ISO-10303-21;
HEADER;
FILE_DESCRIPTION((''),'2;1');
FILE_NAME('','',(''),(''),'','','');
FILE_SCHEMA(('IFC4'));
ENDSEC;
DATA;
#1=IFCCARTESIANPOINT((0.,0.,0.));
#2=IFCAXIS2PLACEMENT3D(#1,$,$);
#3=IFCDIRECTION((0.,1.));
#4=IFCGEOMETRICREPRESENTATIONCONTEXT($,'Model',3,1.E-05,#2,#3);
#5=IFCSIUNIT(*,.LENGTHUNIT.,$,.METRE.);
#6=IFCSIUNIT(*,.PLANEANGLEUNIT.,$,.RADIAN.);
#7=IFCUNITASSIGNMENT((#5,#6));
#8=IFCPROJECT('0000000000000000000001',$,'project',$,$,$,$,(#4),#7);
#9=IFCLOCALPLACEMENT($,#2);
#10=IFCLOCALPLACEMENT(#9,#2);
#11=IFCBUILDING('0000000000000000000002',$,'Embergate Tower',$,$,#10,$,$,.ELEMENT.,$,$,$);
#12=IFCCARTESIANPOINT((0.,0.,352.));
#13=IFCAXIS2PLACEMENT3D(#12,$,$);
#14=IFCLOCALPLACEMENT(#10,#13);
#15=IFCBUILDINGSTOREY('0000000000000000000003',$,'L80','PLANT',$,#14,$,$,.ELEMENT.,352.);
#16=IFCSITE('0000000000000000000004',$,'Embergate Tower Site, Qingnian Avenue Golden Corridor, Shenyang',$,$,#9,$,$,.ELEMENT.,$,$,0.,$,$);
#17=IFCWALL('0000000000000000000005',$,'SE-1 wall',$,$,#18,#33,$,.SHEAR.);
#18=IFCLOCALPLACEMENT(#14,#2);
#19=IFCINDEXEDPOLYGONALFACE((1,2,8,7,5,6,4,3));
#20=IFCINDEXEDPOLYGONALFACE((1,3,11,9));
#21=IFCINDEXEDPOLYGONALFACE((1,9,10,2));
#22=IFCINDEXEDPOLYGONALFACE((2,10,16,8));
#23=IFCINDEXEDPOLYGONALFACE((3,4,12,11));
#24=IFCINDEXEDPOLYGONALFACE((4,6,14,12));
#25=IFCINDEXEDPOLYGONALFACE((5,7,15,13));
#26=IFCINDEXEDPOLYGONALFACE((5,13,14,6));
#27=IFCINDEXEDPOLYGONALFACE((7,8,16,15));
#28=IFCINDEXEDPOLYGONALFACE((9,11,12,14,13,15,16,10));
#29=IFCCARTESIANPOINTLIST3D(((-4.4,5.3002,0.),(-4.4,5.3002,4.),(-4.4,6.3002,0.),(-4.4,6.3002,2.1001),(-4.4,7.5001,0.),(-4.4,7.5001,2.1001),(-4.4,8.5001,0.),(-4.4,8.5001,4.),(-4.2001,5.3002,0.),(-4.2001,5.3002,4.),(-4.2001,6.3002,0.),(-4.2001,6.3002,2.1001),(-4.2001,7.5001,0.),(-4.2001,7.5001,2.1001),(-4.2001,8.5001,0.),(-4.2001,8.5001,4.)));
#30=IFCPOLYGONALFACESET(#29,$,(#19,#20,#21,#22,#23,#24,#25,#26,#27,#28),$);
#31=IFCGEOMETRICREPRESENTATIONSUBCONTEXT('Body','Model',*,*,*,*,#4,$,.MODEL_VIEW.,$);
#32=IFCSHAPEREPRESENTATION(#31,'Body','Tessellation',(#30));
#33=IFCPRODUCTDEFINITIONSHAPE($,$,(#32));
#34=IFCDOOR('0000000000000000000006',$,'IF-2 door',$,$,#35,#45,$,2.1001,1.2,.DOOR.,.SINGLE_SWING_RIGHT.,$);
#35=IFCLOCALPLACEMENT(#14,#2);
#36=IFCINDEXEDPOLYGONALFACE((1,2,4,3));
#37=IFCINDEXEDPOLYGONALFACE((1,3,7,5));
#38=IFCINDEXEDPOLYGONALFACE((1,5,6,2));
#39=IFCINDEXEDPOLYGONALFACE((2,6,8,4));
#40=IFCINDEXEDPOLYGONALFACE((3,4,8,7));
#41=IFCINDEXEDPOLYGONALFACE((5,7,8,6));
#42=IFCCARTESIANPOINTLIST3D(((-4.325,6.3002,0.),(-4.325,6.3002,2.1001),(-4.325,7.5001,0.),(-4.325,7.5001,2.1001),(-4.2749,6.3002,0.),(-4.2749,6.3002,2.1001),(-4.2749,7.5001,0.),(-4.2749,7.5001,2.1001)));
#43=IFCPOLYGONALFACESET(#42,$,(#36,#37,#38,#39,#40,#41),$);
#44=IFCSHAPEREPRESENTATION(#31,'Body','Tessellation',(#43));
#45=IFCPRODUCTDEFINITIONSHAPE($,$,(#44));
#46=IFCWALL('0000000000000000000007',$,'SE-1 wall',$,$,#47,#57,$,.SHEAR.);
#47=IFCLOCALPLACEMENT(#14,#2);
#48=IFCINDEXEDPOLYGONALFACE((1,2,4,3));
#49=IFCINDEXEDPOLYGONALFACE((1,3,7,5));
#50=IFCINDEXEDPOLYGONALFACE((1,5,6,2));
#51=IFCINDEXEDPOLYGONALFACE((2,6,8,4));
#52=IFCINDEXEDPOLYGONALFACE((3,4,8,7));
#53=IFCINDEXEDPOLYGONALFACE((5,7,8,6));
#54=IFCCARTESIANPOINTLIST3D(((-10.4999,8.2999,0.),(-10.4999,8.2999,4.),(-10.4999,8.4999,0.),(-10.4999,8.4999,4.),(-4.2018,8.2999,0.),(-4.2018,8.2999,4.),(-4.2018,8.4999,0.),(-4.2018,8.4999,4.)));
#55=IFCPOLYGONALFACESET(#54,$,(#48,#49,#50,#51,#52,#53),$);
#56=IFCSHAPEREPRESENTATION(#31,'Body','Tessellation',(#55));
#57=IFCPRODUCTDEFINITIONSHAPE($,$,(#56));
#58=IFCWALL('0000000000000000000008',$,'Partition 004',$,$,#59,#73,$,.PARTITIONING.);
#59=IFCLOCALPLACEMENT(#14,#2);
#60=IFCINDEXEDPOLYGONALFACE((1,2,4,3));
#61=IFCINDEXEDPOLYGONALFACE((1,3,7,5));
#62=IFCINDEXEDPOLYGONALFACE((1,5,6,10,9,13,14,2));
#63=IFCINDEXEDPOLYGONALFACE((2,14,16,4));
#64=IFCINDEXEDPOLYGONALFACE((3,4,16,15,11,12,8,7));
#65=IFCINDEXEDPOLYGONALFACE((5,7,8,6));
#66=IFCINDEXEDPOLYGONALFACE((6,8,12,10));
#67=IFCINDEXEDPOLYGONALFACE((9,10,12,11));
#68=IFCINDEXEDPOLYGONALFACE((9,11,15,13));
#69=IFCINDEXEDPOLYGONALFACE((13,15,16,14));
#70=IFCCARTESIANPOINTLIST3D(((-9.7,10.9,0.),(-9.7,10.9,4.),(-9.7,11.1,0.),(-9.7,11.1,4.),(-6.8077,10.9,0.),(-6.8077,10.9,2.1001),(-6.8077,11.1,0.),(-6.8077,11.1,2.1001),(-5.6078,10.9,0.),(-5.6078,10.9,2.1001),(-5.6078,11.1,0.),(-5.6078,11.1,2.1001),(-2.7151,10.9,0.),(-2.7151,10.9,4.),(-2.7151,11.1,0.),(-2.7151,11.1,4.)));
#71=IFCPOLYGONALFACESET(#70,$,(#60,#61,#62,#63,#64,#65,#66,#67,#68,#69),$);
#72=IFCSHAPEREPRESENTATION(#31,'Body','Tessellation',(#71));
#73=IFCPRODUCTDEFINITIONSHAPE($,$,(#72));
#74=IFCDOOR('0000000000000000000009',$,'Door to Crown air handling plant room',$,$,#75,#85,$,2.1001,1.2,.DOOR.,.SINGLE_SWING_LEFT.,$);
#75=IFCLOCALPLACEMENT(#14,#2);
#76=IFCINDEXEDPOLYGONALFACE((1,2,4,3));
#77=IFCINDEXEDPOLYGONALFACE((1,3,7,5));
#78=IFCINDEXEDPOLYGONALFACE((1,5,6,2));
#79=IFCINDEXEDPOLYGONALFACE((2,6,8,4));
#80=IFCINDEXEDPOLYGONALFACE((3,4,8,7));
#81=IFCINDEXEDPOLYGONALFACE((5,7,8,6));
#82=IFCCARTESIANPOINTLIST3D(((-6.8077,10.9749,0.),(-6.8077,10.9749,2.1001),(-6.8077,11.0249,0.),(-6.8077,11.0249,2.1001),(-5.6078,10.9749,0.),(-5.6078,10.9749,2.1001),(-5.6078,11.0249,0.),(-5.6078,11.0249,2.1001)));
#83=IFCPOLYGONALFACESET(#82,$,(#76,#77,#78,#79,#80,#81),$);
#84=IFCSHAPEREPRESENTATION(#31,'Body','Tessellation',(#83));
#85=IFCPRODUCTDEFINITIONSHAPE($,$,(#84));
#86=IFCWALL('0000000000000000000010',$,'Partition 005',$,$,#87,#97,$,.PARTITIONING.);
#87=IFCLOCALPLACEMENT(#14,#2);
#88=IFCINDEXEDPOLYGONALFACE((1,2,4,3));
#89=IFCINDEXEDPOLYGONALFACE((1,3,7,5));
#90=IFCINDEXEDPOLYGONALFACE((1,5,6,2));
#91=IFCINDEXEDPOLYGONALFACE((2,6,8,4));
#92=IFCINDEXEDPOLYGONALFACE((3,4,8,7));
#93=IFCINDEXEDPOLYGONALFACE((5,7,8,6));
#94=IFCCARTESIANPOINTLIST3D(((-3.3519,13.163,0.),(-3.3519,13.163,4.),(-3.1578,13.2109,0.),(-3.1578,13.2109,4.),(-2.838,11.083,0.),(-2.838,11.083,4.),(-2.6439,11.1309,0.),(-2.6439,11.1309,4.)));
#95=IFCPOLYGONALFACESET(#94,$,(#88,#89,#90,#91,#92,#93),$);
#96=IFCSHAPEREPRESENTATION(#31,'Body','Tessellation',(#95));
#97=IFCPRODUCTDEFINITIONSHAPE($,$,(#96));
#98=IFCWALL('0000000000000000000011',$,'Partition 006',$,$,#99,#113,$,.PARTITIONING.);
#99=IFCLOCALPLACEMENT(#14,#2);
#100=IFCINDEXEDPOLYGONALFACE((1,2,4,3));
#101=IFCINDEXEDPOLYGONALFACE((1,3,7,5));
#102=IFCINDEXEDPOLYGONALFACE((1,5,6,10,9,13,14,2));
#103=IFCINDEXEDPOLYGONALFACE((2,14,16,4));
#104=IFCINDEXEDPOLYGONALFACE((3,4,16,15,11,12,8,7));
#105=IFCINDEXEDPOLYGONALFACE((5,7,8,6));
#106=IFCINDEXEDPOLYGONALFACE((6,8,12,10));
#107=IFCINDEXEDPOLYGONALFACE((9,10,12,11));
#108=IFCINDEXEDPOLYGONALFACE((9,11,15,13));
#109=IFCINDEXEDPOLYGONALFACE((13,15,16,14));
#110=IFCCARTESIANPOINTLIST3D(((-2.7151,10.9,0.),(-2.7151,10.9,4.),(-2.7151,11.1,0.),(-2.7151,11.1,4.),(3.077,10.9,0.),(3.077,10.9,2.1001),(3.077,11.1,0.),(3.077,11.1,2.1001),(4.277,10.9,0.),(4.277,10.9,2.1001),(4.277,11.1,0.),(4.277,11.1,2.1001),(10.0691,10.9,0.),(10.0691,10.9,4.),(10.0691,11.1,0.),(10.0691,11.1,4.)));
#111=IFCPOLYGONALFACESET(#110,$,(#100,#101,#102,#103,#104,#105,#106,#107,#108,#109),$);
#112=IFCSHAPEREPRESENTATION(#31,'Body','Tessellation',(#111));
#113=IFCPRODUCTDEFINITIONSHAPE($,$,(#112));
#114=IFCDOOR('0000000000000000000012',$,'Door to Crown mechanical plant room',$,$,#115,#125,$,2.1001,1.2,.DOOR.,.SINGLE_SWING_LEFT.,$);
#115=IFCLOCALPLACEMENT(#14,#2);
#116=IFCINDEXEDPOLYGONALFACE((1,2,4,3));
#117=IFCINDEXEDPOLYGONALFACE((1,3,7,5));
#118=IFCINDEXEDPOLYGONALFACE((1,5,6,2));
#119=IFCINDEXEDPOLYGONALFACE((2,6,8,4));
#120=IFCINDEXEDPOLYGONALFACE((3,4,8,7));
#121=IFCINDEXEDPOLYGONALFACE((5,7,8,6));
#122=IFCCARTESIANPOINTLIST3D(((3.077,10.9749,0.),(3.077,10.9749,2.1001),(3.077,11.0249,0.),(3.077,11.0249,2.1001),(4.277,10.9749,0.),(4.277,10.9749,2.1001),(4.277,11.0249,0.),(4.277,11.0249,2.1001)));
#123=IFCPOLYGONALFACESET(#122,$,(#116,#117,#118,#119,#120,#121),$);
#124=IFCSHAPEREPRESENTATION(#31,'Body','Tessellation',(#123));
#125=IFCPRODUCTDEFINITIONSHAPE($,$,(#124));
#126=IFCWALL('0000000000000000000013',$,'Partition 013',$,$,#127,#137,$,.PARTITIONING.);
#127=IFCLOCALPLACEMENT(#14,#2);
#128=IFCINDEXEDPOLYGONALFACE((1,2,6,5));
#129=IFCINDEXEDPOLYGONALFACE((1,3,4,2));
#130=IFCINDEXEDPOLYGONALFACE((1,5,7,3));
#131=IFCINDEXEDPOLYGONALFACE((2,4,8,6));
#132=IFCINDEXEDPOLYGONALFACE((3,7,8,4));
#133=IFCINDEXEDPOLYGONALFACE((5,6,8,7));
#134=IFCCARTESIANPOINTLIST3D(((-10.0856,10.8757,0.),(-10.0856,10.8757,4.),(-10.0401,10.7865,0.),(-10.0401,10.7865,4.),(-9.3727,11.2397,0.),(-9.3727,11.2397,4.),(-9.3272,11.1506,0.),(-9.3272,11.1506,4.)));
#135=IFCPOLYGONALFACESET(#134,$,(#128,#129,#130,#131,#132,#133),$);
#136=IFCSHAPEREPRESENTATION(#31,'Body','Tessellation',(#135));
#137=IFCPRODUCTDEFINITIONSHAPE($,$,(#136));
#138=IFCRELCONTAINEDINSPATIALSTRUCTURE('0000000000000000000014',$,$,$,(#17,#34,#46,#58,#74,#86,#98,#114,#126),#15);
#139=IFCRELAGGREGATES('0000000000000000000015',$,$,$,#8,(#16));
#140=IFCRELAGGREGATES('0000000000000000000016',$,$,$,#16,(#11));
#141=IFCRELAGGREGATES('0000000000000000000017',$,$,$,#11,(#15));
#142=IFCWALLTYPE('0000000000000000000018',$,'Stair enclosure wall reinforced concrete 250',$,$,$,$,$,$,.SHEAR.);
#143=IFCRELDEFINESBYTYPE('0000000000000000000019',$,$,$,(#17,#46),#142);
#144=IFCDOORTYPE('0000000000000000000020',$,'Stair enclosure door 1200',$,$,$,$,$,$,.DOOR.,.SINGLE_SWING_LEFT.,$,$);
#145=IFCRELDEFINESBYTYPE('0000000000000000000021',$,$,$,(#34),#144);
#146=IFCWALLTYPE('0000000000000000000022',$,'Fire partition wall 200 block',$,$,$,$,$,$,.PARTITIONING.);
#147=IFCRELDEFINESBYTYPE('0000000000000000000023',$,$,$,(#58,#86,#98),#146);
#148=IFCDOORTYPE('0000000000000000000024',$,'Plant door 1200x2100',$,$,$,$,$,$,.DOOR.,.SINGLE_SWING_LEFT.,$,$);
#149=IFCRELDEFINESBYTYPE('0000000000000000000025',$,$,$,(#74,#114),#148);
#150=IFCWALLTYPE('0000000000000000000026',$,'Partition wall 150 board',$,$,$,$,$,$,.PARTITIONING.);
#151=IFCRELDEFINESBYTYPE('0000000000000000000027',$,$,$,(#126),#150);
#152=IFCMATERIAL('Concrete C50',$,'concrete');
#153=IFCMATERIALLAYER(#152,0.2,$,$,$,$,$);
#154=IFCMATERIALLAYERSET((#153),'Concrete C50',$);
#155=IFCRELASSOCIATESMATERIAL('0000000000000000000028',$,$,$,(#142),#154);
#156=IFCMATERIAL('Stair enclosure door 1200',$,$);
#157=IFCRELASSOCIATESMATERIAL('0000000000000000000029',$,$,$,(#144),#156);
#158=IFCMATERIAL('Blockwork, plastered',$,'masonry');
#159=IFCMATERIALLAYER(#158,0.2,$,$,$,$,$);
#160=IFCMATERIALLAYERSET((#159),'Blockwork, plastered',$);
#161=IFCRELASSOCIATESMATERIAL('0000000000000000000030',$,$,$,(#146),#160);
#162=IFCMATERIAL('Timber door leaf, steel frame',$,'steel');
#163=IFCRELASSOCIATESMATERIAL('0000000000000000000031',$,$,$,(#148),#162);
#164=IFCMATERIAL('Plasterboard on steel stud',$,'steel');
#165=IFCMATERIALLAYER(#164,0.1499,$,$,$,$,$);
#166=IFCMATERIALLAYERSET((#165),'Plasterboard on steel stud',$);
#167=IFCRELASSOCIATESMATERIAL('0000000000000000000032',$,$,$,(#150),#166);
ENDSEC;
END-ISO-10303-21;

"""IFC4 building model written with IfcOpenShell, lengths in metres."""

from ifc_helpers import new_model, si_unit, direction, frame, frame_2d, origin, place, context, subcontext, project, spatial, rectangle, extrude, source, transform, mapped, material, layer, layer_set, type_object, element, fill, save


model = new_model("IFC4")

# Units and contexts
model_context = context("Model", 3, precision=1e-05, world=origin(), true_north=direction((0.0, 1.0)))
body_context = subcontext(model_context, "Body", "Model", "MODEL_VIEW")
ifc_project = project(units=[si_unit("LENGTHUNIT", "METRE"), si_unit("PLANEANGLEUNIT", "RADIAN")], contexts=[model_context])

# Site, building, storey
site_placement = place(None, origin())
site = spatial("IfcSite", under=ifc_project, at=site_placement, Name="Embergate Tower Site, Qingnian Avenue Golden Corridor, Shenyang", CompositionType="ELEMENT", RefElevation=0.0)
building_placement = place(site_placement, origin())
building = spatial("IfcBuilding", under=site, at=building_placement, Name="Embergate Tower", CompositionType="ELEMENT")
storey_placement = place(building_placement, frame((0.0, 0.0, 352.0)))
storey = spatial("IfcBuildingStorey", under=building, at=storey_placement, Name="L80", Description="PLANT", CompositionType="ELEMENT", Elevation=352.0)

# Shared definitions
ifc_material_1 = material(Name="Concrete C50", Category="concrete")
ifc_layer_1 = layer(ifc_material_1, 0.2)
ifc_layer_set_1 = layer_set([ifc_layer_1], Name="Concrete C50")
wall_type_1 = type_object("IfcWallType", Name="Stair enclosure wall reinforced concrete 250", PredefinedType="SHEAR", material=ifc_layer_set_1)
shared_shape_1 = source(origin(), body_context, "Body", "SweptSolid", [
    extrude(rectangle(XDim=1.2, YDim=2.1001, at=frame_2d((0.6001, 1.05))), frame((0.0, 0.1099, 0.0), z_axis=(0.0, -1.0, 0.0), x_axis=(1.0, 0.0, 0.0)), (0.0, 0.0, 1.0), 0.22),
])
ifc_material_2 = material(Name="Stair enclosure door 1200")
door_type_1 = type_object("IfcDoorType", Name="Stair enclosure door 1200", OperationType="SINGLE_SWING_LEFT", PredefinedType="DOOR", material=ifc_material_2)
shared_shape_2 = source(origin(), body_context, "Body", "SweptSolid", [
    extrude(rectangle(XDim=1.2, YDim=2.1001, at=frame_2d((0.6001, 1.05))), frame((0.0, 0.0249, 0.0), z_axis=(0.0, -1.0, 0.0), x_axis=(1.0, 0.0, 0.0)), (0.0, 0.0, 1.0), 0.05),
])

# Wall, opening, door
shared_shape_3 = source(origin(), body_context, "Body", "SweptSolid", [
    extrude(rectangle(XDim=3.2, YDim=0.2, at=frame_2d((1.6001, 0.0))), origin(), (0.0, 0.0, 1.0), 4.0),
])
wall_1_placement = place(storey_placement, frame((-4.3, 5.3, 0.0), z_axis=(0.0, 0.0, 1.0), x_axis=(0.0, 1.0, 0.0)))
wall_1 = element("IfcWall", 1, at=wall_1_placement, inside=storey, type_object=wall_type_1, Name="SE-1 wall", PredefinedType="SHEAR", context=body_context, shape_type="MappedRepresentation", body=[
    mapped(shared_shape_3, transform((0.0, 0.0, 0.0))),
])
opening_1_placement = place(wall_1_placement, frame((1.0, 0.0, 0.0)))
opening_1 = element("IfcOpeningElement", 2, at=opening_1_placement, cuts=wall_1, PredefinedType="OPENING", context=body_context, shape_type="MappedRepresentation", body=[
    mapped(shared_shape_1, transform((0.0, 0.0, 0.0))),
])
door_1_placement = place(opening_1_placement, origin())
door_1 = element("IfcDoor", 3, at=door_1_placement, inside=storey, type_object=door_type_1, Name="IF-2 door", OperationType="SINGLE_SWING_RIGHT", OverallHeight=2.1001, OverallWidth=1.2, PredefinedType="DOOR", context=body_context, shape_type="MappedRepresentation", body=[
    mapped(shared_shape_2, transform((0.0, 0.0, 0.0))),
])
fill(opening_1, door_1)

# Wall
shared_shape_4 = source(origin(), body_context, "Body", "SweptSolid", [
    extrude(rectangle(XDim=6.2981, YDim=0.2, at=frame_2d((3.1489, 0.0))), origin(), (0.0, 0.0, 1.0), 4.0),
])
wall_2_placement = place(storey_placement, frame((-4.2019, 8.3999, 0.0), z_axis=(0.0, 0.0, 1.0), x_axis=(-1.0, 0.0, 0.0)))
element("IfcWall", 4, at=wall_2_placement, inside=storey, type_object=wall_type_1, Name="SE-1 wall", PredefinedType="SHEAR", context=body_context, shape_type="MappedRepresentation", body=[
    mapped(shared_shape_4, transform((0.0, 0.0, 0.0))),
])

# Wall, opening, door
ifc_material_3 = material(Name="Blockwork, plastered", Category="masonry")
ifc_layer_2 = layer(ifc_material_3, 0.2)
ifc_layer_set_2 = layer_set([ifc_layer_2], Name="Blockwork, plastered")
wall_type_2 = type_object("IfcWallType", Name="Fire partition wall 200 block", PredefinedType="PARTITIONING", material=ifc_layer_set_2)
shared_shape_5 = source(origin(), body_context, "Body", "SweptSolid", [
    extrude(rectangle(XDim=6.9849, YDim=0.2, at=frame_2d((3.4924, 0.0))), origin(), (0.0, 0.0, 1.0), 4.0),
])
wall_3_placement = place(storey_placement, frame((-9.7, 11.0, 0.0), z_axis=(0.0, 0.0, 1.0), x_axis=(1.0, 0.0, 0.0)))
wall_3 = element("IfcWall", 5, at=wall_3_placement, inside=storey, type_object=wall_type_2, Name="Partition 004", PredefinedType="PARTITIONING", context=body_context, shape_type="MappedRepresentation", body=[
    mapped(shared_shape_5, transform((0.0, 0.0, 0.0))),
])
opening_2_placement = place(wall_3_placement, frame((2.8921, 0.0, 0.0)))
opening_2 = element("IfcOpeningElement", 6, at=opening_2_placement, cuts=wall_3, PredefinedType="OPENING", context=body_context, shape_type="MappedRepresentation", body=[
    mapped(shared_shape_1, transform((0.0, 0.0, 0.0))),
])
ifc_material_4 = material(Name="Timber door leaf, steel frame", Category="steel")
door_type_2 = type_object("IfcDoorType", Name="Plant door 1200x2100", OperationType="SINGLE_SWING_LEFT", PredefinedType="DOOR", material=ifc_material_4)
shared_shape_6 = source(origin(), body_context, "Body", "SweptSolid", [
    extrude(rectangle(XDim=1.2, YDim=2.1001, at=frame_2d((0.6001, 1.05))), frame((0.0, 0.0249, 0.0), z_axis=(0.0, -1.0, 0.0), x_axis=(1.0, 0.0, 0.0)), (0.0, 0.0, 1.0), 0.05),
])
door_2_placement = place(opening_2_placement, origin())
door_2 = element("IfcDoor", 7, at=door_2_placement, inside=storey, type_object=door_type_2, Name="Door to Crown air handling plant room", OperationType="SINGLE_SWING_LEFT", OverallHeight=2.1001, OverallWidth=1.2, PredefinedType="DOOR", context=body_context, shape_type="MappedRepresentation", body=[
    mapped(shared_shape_6, transform((0.0, 0.0, 0.0))),
])
fill(opening_2, door_2)

# Wall
shared_shape_7 = source(origin(), body_context, "Body", "SweptSolid", [
    extrude(rectangle(XDim=2.1426, YDim=0.2, at=frame_2d((1.0713, 0.0))), origin(), (0.0, 0.0, 1.0), 4.0),
])
wall_4_placement = place(storey_placement, frame((-2.741, 11.1069, 0.0), z_axis=(0.0, 0.0, 1.0), x_axis=(-0.239854, 0.970809, 0.0)))
element("IfcWall", 8, at=wall_4_placement, inside=storey, type_object=wall_type_2, Name="Partition 005", PredefinedType="PARTITIONING", context=body_context, shape_type="MappedRepresentation", body=[
    mapped(shared_shape_7, transform((0.0, 0.0, 0.0))),
])

# Wall, opening, door
shared_shape_8 = source(origin(), body_context, "Body", "SweptSolid", [
    extrude(rectangle(XDim=12.7842, YDim=0.2, at=frame_2d((6.3921, 0.0))), origin(), (0.0, 0.0, 1.0), 4.0),
])
wall_5_placement = place(storey_placement, frame((-2.7151, 11.0, 0.0), z_axis=(0.0, 0.0, 1.0), x_axis=(1.0, 0.0, 0.0)))
wall_5 = element("IfcWall", 9, at=wall_5_placement, inside=storey, type_object=wall_type_2, Name="Partition 006", PredefinedType="PARTITIONING", context=body_context, shape_type="MappedRepresentation", body=[
    mapped(shared_shape_8, transform((0.0, 0.0, 0.0))),
])
opening_3_placement = place(wall_5_placement, frame((5.792, 0.0, 0.0)))
opening_3 = element("IfcOpeningElement", 10, at=opening_3_placement, cuts=wall_5, PredefinedType="OPENING", context=body_context, shape_type="MappedRepresentation", body=[
    mapped(shared_shape_1, transform((0.0, 0.0, 0.0))),
])
door_3_placement = place(opening_3_placement, origin())
door_3 = element("IfcDoor", 11, at=door_3_placement, inside=storey, type_object=door_type_2, Name="Door to Crown mechanical plant room", OperationType="SINGLE_SWING_LEFT", OverallHeight=2.1001, OverallWidth=1.2, PredefinedType="DOOR", context=body_context, shape_type="MappedRepresentation", body=[
    mapped(shared_shape_6, transform((0.0, 0.0, 0.0))),
])
fill(opening_3, door_3)

# Wall
ifc_material_5 = material(Name="Plasterboard on steel stud", Category="steel")
ifc_layer_3 = layer(ifc_material_5, 0.1499)
ifc_layer_set_3 = layer_set([ifc_layer_3], Name="Plasterboard on steel stud")
wall_type_3 = type_object("IfcWallType", Name="Partition wall 150 board", PredefinedType="PARTITIONING", material=ifc_layer_set_3)
shared_shape_9 = source(origin(), body_context, "Body", "SweptSolid", [
    extrude(rectangle(XDim=0.8005, YDim=0.1001, at=frame_2d((0.4004, 0.0))), origin(), (0.0, 0.0, 1.0), 4.0),
])
wall_6_placement = place(storey_placement, frame((-10.063, 10.8311, 0.0), z_axis=(0.0, 0.0, 1.0), x_axis=(0.890613, 0.454762, 0.0)))
element("IfcWall", 12, at=wall_6_placement, inside=storey, type_object=wall_type_3, Name="Partition 013", PredefinedType="PARTITIONING", context=body_context, shape_type="MappedRepresentation", body=[
    mapped(shared_shape_9, transform((0.0, 0.0, 0.0))),
])

save(model, "model.ifc")
